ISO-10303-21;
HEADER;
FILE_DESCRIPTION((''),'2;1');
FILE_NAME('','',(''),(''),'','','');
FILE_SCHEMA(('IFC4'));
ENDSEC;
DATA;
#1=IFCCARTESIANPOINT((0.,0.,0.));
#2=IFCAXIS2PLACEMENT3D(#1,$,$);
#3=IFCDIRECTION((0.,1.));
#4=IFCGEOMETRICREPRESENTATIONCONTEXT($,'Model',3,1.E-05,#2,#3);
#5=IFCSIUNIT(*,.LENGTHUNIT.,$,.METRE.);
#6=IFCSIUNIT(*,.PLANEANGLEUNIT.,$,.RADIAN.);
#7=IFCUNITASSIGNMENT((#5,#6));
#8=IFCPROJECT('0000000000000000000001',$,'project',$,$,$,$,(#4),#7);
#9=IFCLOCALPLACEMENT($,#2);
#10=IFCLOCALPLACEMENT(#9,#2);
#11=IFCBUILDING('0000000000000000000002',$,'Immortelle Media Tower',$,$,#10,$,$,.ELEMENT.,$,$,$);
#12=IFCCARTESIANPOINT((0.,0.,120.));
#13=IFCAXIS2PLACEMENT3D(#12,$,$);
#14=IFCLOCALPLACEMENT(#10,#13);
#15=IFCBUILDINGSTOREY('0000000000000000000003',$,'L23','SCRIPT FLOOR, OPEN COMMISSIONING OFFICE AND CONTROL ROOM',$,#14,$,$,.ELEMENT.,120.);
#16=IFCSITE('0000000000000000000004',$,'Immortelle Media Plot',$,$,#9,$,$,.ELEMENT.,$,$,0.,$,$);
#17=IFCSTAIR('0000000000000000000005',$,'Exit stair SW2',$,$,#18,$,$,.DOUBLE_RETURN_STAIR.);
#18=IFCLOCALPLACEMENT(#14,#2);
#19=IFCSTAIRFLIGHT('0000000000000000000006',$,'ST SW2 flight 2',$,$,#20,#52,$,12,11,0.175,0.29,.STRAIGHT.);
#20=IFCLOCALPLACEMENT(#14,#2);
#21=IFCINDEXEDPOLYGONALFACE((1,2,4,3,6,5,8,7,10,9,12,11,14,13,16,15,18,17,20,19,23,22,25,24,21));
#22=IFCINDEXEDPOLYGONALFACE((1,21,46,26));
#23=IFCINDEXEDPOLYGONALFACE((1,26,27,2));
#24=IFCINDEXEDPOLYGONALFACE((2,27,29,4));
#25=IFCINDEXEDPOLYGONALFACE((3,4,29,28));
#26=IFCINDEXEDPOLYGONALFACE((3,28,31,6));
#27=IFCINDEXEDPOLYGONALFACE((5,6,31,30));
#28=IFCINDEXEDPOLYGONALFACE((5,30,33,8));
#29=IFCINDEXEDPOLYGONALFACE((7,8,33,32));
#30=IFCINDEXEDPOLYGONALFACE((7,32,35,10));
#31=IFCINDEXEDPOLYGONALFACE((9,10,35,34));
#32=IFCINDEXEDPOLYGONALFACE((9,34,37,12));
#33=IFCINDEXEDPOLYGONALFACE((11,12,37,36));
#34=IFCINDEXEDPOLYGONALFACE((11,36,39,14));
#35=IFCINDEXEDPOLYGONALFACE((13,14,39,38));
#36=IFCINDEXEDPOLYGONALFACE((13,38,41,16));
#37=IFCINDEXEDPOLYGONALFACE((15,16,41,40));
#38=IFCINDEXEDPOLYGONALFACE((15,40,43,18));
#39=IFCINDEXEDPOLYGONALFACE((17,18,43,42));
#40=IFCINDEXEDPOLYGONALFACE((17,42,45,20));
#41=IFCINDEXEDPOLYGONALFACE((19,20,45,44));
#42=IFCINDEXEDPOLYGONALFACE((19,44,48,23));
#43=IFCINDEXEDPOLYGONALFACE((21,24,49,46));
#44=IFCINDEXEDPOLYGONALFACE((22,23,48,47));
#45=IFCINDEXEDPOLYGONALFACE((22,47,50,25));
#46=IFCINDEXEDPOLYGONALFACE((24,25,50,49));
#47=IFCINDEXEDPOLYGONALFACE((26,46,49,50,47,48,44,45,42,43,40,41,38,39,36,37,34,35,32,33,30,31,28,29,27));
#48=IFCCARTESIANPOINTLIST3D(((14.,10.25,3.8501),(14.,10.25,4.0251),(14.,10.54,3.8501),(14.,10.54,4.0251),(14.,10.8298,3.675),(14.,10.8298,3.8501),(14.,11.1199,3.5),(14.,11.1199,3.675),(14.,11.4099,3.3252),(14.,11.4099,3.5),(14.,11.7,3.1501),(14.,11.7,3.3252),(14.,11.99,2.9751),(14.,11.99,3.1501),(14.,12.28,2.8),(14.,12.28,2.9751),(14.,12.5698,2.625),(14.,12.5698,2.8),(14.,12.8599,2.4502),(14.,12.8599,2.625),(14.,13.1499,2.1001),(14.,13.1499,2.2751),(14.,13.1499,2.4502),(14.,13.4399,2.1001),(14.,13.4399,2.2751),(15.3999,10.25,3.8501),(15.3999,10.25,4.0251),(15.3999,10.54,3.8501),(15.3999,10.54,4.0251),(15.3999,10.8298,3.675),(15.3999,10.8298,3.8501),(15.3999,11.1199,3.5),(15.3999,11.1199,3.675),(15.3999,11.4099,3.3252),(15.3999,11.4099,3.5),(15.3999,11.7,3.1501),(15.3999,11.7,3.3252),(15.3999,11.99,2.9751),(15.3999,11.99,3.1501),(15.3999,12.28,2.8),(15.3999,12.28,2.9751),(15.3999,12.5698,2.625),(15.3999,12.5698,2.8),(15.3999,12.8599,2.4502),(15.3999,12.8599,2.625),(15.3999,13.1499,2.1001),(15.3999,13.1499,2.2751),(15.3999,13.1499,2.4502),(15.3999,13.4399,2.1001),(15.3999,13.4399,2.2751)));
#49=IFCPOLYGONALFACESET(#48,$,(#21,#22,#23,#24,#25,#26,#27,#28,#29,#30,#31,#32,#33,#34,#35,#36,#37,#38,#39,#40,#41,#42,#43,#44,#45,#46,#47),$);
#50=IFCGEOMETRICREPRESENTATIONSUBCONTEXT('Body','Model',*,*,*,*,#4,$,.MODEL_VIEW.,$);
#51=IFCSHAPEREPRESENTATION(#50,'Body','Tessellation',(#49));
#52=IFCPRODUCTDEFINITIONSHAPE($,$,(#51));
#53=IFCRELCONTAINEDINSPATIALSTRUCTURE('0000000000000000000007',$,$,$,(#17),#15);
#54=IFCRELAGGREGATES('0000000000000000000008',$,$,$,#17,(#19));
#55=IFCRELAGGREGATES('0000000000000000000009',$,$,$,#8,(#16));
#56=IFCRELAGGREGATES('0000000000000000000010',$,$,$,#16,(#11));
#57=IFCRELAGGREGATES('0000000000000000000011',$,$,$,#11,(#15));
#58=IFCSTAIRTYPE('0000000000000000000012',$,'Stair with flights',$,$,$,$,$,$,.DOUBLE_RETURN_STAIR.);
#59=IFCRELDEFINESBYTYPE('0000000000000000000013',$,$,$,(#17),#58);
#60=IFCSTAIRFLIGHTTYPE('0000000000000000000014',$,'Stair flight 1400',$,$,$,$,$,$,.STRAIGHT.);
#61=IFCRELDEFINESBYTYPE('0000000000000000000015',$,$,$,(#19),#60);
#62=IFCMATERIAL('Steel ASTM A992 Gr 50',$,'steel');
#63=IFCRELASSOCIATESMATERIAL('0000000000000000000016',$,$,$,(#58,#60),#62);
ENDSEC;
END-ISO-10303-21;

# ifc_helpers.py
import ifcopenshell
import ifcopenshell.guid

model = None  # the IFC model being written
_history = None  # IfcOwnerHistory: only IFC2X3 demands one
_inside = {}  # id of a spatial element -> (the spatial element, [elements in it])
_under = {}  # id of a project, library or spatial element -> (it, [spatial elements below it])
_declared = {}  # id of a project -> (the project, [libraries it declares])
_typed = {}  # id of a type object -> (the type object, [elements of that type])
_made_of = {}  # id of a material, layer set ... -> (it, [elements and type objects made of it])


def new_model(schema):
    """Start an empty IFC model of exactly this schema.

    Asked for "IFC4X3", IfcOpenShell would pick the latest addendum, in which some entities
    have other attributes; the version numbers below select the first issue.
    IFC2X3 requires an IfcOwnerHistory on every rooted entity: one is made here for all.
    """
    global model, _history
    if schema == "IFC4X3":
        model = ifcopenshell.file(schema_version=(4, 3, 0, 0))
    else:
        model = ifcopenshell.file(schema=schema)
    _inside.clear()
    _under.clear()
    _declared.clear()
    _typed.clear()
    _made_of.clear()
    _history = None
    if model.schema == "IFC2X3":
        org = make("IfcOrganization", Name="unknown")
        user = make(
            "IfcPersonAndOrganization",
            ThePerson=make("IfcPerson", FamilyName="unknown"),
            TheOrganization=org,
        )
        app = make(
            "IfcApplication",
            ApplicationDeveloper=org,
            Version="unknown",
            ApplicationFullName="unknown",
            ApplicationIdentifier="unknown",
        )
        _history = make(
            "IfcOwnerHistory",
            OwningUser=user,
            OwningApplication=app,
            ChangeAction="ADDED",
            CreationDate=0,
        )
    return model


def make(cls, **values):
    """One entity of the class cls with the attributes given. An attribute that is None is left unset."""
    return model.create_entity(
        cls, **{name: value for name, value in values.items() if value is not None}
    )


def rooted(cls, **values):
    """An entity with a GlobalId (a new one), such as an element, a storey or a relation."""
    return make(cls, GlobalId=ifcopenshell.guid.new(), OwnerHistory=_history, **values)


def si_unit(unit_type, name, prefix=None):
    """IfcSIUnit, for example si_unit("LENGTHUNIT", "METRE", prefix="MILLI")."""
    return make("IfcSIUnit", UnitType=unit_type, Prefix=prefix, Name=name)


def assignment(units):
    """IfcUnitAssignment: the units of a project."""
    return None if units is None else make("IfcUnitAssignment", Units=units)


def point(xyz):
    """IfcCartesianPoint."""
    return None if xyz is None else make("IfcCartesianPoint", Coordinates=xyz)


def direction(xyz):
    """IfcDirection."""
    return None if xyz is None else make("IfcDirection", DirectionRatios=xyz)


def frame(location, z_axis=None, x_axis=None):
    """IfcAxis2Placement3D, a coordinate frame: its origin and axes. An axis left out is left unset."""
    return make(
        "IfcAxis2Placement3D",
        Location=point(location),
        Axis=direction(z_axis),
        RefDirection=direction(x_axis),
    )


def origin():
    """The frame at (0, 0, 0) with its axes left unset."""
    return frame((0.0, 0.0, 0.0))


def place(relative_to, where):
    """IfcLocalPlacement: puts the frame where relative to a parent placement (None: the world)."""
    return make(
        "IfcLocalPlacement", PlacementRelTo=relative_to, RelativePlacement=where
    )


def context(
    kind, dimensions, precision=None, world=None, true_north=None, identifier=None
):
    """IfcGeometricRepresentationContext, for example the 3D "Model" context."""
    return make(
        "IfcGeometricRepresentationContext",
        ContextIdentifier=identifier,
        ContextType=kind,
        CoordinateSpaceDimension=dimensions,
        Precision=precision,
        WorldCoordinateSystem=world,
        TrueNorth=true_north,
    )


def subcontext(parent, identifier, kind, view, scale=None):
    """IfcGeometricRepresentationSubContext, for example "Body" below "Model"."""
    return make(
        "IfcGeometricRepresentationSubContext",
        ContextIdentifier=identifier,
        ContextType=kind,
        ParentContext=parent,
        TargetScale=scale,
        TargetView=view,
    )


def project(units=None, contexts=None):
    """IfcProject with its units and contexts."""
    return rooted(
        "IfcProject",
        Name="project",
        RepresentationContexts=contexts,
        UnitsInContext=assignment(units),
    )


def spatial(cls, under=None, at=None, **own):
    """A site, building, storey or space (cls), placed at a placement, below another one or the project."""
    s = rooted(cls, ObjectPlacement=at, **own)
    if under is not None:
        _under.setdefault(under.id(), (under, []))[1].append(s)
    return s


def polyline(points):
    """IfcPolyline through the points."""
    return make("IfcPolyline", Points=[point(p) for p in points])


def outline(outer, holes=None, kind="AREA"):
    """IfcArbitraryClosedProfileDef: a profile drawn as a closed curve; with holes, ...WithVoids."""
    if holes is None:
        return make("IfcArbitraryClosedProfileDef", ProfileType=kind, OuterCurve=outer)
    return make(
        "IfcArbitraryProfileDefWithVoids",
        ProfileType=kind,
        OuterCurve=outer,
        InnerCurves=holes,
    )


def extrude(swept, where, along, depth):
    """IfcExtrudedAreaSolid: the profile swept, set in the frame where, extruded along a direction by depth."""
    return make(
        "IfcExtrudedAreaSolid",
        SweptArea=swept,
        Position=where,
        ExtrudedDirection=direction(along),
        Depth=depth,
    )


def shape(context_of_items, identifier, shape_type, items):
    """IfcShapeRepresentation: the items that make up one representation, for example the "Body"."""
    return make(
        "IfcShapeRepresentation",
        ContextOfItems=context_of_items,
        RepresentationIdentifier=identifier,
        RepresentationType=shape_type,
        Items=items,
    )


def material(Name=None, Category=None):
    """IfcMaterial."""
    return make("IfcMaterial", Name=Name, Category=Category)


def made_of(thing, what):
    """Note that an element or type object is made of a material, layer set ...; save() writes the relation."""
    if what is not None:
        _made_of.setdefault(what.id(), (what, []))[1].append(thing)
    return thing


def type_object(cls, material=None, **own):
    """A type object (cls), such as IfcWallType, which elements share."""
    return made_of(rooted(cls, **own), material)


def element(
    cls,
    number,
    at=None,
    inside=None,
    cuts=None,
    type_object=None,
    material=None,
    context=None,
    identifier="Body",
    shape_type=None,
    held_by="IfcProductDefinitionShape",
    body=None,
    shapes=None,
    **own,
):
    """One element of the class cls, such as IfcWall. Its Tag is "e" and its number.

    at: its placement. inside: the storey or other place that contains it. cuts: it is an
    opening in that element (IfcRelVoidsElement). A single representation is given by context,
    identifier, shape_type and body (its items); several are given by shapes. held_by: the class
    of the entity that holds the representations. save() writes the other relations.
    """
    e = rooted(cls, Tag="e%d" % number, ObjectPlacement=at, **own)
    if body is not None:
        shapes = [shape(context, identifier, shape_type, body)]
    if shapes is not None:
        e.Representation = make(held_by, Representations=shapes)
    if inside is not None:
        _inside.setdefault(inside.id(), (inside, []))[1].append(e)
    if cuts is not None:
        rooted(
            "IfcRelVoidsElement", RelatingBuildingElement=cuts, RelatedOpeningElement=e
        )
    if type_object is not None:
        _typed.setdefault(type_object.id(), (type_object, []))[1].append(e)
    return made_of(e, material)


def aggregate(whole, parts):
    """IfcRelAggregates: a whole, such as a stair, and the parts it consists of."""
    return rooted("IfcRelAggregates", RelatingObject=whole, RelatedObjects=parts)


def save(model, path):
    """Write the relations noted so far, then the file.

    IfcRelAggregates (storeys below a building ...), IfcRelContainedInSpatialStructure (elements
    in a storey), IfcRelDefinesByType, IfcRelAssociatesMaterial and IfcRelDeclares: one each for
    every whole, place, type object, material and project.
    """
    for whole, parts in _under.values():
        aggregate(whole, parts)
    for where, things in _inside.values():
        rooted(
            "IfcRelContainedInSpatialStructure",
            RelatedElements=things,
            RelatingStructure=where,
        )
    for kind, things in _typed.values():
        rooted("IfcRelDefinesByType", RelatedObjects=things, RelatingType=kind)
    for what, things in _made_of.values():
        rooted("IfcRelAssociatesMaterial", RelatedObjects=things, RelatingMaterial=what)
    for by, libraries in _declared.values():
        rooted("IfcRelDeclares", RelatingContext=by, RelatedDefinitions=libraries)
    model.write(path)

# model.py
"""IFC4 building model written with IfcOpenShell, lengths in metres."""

from ifc_helpers import new_model, si_unit, direction, frame, origin, place, context, subcontext, project, spatial, polyline, outline, extrude, material, type_object, element, aggregate, save


model = new_model("IFC4")

# Units and contexts
model_context = context("Model", 3, precision=1e-05, world=origin(), true_north=direction((0.0, 1.0)))
body_context = subcontext(model_context, "Body", "Model", "MODEL_VIEW")
ifc_project = project(units=[si_unit("LENGTHUNIT", "METRE"), si_unit("PLANEANGLEUNIT", "RADIAN")], contexts=[model_context])

# Site, building, storey
site_placement = place(None, origin())
site = spatial("IfcSite", under=ifc_project, at=site_placement, Name="Immortelle Media Plot", CompositionType="ELEMENT", RefElevation=0.0)
building_placement = place(site_placement, origin())
building = spatial("IfcBuilding", under=site, at=building_placement, Name="Immortelle Media Tower", CompositionType="ELEMENT")
storey_placement = place(building_placement, frame((0.0, 0.0, 120.0)))
storey = spatial("IfcBuildingStorey", under=building, at=storey_placement, Name="L23", Description="SCRIPT FLOOR, OPEN COMMISSIONING OFFICE AND CONTROL ROOM", CompositionType="ELEMENT", Elevation=120.0)

# Shared definitions
ifc_material_1 = material(Name="Steel ASTM A992 Gr 50", Category="steel")

# Stair, stair flight
stair_type = type_object("IfcStairType", Name="Stair with flights", PredefinedType="DOUBLE_RETURN_STAIR", material=ifc_material_1)
stair_flight_type = type_object("IfcStairFlightType", Name="Stair flight 1400", PredefinedType="STRAIGHT", material=ifc_material_1)
stair_1_placement = place(storey_placement, origin())
stair_1 = element("IfcStair", 1, at=stair_1_placement, inside=storey, type_object=stair_type, Name="Exit stair SW2", PredefinedType="DOUBLE_RETURN_STAIR")
stair_flight_1_placement = place(storey_placement, frame((14.7, 13.4399, 2.1001), z_axis=(0.0, 0.0, 1.0), x_axis=(0.0, -1.0, 0.0)))
stair_flight_1 = element("IfcStairFlight", 2, at=stair_flight_1_placement, type_object=stair_flight_type, Name="ST SW2 flight 2", NumberOfRisers=12, NumberOfTreads=11, PredefinedType="STRAIGHT", RiserHeight=0.175, TreadLength=0.29, context=body_context, shape_type="SweptSolid", body=[
    extrude(outline(polyline([(0.0, 0.0), (0.0, 0.175), (0.29, 0.175), (0.29, 0.3501), (0.5801, 0.3501), (0.5801, 0.5249), (0.8701, 0.5249), (0.8701, 0.7), (1.1599, 0.7), (1.1599, 0.875), (1.45, 0.875), (1.45, 1.05), (1.74, 1.05), (1.74, 1.2251), (2.03, 1.2251), (2.03, 1.3999), (2.3201, 1.3999), (2.3201, 1.575), (2.6101, 1.575), (2.6101, 1.75), (2.8999, 1.75), (2.8999, 1.925), (3.1899, 1.925), (3.1899, 2.1001), (3.1899, 1.75), (0.29, 0.0), (0.0, 0.0)])), frame((0.0, 0.7, 0.0), z_axis=(0.0, -1.0, 0.0), x_axis=(1.0, 0.0, 0.0)), (0.0, 0.0, 1.0), 1.3999),
])
aggregate(stair_1, [stair_flight_1])

save(model, "model.ifc")
